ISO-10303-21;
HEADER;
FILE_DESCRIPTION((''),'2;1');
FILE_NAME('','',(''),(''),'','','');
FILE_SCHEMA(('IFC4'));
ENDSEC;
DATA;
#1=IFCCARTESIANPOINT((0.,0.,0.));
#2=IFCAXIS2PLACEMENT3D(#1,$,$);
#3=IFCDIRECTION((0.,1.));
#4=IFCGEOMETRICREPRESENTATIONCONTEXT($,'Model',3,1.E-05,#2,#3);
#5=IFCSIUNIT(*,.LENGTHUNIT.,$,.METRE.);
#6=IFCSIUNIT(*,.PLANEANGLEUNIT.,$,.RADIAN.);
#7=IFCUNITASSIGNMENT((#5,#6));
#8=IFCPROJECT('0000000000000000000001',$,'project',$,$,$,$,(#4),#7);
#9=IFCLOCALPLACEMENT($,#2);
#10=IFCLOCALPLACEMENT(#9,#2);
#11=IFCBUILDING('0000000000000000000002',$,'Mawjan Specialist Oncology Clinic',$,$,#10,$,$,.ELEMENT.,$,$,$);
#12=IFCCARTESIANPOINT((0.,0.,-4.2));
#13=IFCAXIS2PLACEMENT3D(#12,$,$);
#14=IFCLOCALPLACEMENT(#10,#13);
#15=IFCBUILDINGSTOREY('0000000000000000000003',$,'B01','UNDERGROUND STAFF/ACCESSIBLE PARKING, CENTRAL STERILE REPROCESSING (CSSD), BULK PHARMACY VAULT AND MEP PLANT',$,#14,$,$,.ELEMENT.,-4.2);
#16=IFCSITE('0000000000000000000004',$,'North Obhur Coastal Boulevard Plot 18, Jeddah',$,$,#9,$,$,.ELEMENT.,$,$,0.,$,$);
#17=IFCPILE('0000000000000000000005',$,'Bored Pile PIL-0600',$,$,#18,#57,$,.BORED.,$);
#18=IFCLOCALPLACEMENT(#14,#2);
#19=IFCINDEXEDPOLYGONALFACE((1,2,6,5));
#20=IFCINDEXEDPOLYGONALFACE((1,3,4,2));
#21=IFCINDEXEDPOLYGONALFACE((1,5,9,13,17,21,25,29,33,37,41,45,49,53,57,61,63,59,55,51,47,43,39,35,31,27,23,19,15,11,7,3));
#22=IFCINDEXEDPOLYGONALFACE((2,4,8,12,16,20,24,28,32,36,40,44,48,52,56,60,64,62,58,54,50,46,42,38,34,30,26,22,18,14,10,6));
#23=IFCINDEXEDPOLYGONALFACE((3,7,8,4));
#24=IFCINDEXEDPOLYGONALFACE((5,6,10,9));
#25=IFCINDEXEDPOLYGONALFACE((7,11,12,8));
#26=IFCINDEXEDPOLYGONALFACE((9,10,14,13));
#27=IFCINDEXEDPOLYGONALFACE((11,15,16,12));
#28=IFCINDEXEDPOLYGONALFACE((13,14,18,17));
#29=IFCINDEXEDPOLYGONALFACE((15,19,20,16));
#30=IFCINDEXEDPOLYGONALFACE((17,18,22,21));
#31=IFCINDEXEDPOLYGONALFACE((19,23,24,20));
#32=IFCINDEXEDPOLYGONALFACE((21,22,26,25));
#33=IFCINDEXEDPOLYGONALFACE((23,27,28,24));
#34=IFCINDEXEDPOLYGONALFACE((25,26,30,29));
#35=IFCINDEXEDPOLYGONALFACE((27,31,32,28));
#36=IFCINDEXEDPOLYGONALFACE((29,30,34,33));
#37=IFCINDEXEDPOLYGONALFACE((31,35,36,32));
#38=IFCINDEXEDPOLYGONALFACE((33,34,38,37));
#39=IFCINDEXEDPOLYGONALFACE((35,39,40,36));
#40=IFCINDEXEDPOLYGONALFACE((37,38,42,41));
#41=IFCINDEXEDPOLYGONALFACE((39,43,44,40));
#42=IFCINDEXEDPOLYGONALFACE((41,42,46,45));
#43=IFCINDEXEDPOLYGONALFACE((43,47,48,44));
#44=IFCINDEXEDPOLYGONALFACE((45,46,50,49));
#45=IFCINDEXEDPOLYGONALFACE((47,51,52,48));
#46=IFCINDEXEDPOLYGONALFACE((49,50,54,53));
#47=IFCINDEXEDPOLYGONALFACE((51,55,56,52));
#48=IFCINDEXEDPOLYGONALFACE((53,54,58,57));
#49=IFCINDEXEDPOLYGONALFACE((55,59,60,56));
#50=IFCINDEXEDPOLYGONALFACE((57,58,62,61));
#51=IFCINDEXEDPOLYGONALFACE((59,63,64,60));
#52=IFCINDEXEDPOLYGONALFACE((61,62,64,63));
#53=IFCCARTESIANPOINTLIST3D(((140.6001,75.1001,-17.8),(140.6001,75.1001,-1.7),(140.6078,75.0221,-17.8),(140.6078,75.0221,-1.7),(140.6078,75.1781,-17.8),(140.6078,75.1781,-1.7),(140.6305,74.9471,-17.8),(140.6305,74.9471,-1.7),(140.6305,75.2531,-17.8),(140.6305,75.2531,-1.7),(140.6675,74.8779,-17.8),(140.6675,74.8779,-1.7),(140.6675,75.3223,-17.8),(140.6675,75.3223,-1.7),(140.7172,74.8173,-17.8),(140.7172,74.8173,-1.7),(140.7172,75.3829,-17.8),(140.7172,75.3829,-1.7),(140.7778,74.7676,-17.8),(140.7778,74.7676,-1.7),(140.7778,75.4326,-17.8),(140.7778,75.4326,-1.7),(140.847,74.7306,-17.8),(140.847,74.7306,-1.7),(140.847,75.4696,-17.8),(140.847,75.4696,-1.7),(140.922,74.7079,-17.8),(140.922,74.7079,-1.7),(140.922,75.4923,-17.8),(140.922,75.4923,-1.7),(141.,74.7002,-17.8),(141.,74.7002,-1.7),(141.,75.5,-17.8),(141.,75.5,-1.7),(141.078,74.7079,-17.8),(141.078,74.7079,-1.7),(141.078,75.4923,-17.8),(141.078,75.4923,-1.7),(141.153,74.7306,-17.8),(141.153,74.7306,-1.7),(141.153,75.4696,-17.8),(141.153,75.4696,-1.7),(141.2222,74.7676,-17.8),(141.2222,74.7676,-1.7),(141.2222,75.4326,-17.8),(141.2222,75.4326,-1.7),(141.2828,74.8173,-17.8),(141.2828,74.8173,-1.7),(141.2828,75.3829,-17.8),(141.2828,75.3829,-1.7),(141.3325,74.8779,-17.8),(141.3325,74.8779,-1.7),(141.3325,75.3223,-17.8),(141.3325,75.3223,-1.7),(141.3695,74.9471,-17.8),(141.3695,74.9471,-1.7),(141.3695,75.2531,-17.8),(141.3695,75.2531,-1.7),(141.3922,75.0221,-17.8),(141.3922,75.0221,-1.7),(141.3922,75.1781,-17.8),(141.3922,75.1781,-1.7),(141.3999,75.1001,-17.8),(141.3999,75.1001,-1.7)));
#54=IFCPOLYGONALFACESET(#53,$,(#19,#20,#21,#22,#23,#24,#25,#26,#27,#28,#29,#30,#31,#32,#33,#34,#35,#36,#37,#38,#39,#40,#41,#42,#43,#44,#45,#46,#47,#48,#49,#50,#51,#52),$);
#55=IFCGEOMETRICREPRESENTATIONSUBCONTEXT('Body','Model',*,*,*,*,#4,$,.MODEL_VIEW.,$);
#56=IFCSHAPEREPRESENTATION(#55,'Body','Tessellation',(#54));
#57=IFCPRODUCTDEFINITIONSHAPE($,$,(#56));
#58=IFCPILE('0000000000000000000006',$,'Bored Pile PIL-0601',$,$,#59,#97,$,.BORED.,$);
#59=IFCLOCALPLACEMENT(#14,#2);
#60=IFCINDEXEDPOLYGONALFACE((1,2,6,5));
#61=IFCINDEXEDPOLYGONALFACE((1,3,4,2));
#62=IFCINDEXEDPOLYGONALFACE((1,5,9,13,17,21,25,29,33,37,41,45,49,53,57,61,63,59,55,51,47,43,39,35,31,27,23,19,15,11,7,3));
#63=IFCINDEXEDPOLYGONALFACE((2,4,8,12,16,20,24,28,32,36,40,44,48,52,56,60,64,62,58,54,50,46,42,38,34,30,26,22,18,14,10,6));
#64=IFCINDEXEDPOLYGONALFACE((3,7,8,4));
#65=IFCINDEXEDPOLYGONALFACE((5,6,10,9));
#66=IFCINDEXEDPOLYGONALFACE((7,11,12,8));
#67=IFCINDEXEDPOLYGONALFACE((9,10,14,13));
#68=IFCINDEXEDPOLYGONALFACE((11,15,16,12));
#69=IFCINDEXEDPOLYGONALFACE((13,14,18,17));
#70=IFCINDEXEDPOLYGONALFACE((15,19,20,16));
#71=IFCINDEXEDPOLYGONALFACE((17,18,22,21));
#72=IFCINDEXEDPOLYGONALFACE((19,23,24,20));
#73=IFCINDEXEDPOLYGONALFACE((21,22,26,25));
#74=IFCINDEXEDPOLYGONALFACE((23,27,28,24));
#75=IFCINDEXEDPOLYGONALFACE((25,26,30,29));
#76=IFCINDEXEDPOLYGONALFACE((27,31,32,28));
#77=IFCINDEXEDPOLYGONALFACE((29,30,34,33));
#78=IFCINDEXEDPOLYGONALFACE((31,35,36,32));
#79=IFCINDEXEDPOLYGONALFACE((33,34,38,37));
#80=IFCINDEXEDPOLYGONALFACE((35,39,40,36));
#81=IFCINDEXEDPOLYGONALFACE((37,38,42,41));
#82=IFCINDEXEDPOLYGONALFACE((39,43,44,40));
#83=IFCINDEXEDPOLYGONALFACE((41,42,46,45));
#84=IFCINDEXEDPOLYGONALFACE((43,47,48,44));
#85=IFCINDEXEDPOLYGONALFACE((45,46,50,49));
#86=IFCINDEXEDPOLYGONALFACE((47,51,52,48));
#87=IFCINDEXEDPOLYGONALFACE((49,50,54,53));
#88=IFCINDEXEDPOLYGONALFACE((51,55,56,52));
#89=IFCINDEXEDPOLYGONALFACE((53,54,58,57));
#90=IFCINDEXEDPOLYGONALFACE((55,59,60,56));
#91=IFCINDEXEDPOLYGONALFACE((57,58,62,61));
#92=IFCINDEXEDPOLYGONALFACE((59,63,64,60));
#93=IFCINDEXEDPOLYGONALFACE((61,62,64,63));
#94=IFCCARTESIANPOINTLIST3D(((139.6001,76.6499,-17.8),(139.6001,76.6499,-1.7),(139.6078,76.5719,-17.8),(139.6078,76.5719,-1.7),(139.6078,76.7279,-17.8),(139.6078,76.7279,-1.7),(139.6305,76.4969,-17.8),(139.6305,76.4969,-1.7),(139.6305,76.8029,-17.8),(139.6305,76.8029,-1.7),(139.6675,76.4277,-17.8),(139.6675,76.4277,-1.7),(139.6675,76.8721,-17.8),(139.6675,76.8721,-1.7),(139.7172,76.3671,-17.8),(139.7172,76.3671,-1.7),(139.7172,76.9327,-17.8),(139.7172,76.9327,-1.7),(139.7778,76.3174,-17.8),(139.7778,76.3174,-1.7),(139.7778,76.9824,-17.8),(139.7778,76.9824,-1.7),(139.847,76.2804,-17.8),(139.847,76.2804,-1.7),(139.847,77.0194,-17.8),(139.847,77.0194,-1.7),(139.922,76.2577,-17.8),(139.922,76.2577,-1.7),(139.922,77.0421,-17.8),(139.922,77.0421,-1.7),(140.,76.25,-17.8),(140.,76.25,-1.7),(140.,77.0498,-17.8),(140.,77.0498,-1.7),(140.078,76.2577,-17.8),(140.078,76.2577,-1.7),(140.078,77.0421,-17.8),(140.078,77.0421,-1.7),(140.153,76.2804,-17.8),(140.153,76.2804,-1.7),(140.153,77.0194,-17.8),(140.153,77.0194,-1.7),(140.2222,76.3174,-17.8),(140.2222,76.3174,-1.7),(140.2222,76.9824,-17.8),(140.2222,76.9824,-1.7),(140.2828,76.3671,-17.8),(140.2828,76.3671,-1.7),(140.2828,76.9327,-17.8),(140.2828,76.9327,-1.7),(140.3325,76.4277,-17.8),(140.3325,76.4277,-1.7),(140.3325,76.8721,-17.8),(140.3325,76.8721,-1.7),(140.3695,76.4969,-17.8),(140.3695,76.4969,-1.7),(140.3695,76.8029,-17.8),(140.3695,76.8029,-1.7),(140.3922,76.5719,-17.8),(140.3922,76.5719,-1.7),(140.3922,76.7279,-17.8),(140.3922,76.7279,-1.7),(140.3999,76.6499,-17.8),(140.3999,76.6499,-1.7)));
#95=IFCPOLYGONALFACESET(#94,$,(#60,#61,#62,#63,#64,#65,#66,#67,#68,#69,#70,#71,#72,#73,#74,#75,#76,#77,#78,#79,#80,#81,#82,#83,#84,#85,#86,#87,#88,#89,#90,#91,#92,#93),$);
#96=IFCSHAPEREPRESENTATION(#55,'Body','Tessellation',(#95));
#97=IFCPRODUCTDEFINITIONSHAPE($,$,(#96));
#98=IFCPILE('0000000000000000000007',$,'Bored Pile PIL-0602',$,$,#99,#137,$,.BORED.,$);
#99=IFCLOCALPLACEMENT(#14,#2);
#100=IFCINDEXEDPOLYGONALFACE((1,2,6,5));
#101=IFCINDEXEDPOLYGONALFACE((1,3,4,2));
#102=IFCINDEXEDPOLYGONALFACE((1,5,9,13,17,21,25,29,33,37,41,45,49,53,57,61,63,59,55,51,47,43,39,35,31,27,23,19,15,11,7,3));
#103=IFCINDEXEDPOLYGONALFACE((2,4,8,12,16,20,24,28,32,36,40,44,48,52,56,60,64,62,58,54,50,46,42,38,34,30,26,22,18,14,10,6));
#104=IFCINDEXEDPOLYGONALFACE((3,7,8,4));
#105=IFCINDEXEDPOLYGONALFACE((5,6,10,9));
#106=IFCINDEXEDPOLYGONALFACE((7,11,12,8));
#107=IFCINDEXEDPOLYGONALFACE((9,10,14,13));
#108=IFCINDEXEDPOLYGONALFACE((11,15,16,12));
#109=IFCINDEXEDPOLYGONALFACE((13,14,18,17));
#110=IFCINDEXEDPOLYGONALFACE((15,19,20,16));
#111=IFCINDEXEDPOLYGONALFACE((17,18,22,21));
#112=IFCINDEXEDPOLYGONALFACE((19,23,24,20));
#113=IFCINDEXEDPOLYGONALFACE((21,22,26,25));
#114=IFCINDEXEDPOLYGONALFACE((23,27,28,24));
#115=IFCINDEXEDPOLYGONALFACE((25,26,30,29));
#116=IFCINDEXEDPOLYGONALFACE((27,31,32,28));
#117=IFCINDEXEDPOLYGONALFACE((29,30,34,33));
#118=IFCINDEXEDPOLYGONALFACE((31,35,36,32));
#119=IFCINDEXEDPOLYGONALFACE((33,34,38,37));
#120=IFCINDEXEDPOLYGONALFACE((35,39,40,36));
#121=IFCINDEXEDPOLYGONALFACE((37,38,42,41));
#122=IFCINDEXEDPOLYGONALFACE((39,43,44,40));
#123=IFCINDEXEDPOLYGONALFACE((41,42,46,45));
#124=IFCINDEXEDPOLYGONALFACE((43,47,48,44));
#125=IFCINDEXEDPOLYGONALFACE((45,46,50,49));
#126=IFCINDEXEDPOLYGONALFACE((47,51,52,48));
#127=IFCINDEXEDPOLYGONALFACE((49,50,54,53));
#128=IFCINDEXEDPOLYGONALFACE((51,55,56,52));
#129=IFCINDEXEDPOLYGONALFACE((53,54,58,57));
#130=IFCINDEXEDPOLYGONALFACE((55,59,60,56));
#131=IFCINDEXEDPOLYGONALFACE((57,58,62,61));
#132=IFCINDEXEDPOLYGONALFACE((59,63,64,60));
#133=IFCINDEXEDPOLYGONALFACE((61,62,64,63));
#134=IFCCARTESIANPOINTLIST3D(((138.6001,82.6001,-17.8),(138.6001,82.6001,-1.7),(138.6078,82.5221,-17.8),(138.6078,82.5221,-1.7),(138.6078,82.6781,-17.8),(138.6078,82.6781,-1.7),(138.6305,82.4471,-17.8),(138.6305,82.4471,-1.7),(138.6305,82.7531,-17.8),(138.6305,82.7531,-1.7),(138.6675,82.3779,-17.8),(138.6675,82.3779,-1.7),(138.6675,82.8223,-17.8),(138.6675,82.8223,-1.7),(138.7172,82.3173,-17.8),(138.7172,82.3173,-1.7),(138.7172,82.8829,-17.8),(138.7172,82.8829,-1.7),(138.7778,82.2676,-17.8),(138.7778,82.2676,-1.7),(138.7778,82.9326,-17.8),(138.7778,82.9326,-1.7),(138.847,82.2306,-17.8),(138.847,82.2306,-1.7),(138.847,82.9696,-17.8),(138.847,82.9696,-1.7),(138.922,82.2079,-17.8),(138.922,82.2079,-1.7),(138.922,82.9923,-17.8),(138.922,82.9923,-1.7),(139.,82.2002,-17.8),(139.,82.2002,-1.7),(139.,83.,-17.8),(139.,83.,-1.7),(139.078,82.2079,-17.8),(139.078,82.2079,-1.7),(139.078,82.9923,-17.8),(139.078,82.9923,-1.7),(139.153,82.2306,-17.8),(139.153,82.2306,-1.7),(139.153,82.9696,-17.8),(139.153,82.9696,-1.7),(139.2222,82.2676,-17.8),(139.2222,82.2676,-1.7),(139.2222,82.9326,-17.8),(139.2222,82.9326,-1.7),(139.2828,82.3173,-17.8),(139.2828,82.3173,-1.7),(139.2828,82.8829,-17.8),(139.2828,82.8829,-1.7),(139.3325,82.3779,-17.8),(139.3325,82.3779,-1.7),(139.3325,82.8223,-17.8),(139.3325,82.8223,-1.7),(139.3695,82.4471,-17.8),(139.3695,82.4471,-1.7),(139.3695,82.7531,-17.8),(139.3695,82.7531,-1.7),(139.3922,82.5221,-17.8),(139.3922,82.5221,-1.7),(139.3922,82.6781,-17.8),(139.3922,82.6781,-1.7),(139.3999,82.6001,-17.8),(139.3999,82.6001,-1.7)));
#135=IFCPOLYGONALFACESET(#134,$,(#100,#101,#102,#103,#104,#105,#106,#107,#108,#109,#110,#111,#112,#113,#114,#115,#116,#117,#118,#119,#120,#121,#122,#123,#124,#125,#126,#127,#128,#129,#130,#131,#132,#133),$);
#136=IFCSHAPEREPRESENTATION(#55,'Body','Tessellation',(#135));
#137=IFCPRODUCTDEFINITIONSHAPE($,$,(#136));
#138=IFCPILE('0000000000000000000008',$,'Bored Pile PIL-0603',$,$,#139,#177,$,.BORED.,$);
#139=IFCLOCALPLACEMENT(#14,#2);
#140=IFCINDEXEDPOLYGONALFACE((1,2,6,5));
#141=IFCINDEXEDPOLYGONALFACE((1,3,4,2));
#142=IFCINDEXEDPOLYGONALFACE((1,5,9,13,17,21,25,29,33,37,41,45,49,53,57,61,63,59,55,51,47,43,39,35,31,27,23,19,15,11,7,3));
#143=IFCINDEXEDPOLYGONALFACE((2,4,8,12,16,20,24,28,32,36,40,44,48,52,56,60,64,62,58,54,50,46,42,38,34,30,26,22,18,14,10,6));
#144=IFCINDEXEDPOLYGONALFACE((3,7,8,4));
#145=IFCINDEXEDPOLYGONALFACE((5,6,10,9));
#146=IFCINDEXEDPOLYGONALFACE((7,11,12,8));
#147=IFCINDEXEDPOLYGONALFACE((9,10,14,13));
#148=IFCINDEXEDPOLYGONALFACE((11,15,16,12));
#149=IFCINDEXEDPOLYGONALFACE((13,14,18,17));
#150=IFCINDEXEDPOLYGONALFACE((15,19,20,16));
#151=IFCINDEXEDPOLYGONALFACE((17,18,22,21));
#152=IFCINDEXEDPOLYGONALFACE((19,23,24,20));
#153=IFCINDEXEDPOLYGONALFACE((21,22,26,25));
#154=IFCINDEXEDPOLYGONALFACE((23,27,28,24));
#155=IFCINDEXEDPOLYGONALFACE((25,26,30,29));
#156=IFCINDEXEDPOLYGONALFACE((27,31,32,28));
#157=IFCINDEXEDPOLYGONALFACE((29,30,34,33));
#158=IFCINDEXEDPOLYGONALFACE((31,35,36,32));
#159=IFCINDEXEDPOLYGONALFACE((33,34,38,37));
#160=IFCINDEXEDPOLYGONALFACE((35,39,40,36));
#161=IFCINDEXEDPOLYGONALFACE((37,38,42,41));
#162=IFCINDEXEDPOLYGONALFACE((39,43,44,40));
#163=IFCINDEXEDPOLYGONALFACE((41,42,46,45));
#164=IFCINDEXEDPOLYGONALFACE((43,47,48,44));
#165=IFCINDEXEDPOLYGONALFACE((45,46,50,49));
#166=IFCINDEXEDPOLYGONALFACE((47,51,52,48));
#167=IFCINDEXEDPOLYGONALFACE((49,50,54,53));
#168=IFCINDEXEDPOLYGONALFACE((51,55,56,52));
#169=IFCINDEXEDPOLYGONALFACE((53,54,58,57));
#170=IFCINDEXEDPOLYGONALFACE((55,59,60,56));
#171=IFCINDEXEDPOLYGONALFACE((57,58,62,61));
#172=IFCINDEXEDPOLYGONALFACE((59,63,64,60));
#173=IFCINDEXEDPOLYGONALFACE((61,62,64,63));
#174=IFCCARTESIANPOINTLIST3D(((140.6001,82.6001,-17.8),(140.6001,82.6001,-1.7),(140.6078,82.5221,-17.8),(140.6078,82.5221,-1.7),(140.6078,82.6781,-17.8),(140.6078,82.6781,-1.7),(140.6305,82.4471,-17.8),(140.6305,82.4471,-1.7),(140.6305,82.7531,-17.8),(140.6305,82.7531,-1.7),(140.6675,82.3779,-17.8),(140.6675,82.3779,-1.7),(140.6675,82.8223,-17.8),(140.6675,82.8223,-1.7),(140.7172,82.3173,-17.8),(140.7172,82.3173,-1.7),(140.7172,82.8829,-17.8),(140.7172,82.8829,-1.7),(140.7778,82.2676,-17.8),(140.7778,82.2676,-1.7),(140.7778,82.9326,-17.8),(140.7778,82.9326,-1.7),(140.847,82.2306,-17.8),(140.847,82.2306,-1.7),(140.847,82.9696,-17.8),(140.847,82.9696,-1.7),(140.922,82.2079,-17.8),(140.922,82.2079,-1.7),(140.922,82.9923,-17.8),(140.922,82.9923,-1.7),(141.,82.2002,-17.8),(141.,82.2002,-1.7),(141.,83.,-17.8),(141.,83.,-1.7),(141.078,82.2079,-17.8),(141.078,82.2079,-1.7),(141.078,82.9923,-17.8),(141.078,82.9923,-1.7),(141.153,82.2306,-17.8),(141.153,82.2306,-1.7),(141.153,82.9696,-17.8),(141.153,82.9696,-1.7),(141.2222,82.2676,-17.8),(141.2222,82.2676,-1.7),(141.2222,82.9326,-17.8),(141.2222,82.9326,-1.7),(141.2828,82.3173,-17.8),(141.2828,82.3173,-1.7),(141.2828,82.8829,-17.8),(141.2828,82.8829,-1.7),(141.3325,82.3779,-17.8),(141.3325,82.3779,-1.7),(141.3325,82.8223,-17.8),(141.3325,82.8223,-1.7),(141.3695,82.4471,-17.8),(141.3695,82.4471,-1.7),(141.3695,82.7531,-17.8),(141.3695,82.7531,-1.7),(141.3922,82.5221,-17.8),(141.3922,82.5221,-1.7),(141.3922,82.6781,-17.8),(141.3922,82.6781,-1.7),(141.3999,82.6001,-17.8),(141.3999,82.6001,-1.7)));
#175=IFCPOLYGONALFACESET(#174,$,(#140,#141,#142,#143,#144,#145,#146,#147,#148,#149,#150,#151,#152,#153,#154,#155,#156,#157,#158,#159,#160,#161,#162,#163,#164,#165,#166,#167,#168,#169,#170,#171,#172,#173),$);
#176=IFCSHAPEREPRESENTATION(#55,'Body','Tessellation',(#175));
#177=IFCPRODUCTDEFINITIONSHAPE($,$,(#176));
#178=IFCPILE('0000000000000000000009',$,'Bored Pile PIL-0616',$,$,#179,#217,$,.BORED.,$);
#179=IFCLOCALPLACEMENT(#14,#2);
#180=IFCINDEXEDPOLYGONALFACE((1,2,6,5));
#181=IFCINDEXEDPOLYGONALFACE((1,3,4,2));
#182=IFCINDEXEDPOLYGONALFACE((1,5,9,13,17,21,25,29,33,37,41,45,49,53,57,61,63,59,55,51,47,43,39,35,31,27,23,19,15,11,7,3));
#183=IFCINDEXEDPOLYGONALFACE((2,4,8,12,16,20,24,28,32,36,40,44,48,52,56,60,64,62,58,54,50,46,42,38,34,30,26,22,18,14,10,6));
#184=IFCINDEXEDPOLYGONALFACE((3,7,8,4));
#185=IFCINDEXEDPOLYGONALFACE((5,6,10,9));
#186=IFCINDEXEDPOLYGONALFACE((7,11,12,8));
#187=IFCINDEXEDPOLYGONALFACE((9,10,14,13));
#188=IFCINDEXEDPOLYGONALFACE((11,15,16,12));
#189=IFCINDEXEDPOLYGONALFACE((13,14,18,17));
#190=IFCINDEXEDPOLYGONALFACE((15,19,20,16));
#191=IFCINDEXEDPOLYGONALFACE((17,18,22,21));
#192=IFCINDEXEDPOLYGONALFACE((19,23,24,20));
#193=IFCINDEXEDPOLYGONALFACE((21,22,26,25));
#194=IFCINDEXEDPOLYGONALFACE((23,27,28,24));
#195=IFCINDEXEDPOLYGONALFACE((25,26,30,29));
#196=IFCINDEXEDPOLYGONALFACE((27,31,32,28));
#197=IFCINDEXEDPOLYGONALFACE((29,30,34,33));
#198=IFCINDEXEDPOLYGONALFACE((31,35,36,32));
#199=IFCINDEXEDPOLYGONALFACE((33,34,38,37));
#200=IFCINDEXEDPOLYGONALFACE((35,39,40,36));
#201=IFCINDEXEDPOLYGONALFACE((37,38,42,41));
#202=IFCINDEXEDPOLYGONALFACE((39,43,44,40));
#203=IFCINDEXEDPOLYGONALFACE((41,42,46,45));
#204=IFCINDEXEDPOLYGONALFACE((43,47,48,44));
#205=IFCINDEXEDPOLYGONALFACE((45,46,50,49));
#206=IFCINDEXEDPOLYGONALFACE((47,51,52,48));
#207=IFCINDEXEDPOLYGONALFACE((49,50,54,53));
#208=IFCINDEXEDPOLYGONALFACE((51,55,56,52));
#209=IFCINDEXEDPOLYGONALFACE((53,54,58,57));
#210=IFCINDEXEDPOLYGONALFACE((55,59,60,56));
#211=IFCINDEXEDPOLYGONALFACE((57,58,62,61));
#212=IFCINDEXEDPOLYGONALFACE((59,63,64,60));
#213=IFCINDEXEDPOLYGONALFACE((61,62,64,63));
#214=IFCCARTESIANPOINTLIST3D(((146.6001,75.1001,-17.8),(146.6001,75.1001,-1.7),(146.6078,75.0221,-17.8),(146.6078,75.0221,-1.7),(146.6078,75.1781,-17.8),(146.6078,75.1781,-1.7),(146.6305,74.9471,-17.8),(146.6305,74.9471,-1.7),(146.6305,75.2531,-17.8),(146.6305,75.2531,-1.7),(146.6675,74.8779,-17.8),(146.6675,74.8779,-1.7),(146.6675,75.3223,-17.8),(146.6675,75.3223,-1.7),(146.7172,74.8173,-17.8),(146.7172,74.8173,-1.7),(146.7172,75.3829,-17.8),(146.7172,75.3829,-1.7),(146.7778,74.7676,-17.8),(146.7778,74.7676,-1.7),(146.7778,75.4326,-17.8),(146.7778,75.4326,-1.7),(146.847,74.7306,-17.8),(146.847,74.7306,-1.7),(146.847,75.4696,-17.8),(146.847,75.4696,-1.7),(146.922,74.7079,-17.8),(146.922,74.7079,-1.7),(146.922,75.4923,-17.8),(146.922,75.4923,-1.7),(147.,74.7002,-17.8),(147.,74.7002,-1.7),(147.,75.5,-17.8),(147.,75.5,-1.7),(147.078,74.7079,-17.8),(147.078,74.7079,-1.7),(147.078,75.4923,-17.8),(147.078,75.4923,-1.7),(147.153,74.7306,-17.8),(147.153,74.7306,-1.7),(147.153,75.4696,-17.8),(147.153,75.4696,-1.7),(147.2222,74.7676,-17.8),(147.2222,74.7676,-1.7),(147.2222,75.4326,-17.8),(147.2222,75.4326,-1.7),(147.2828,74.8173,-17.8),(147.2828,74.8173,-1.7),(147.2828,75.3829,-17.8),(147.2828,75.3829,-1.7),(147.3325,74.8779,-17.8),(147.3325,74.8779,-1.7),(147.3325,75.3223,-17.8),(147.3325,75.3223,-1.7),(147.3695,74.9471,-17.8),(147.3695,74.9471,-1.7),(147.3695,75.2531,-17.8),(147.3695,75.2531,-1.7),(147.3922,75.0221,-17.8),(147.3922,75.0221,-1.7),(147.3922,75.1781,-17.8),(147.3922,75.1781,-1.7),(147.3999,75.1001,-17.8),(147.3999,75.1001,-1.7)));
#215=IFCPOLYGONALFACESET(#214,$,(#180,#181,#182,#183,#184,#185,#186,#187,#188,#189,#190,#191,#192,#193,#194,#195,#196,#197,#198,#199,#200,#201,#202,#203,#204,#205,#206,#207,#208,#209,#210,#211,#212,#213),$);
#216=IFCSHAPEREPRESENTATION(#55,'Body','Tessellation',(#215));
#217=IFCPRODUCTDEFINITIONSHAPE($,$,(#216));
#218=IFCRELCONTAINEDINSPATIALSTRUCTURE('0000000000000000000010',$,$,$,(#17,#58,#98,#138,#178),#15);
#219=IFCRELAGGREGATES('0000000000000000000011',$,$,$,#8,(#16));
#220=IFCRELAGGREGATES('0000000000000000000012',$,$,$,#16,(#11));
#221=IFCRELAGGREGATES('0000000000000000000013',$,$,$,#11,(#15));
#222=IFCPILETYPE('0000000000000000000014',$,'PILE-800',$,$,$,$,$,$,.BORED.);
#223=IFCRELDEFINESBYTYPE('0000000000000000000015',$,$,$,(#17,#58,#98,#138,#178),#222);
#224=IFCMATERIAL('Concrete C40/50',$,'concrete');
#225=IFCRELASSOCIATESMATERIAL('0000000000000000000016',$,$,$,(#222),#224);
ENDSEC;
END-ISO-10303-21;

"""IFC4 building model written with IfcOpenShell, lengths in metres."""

from ifc_helpers import new_model, si_unit, direction, frame, origin, origin_2d, place, context, subcontext, project, spatial, circle, extrude, material, material_profile, profile_set, type_object, element, save


model = new_model("IFC4")

# Units and contexts
model_context = context("Model", 3, precision=1e-05, world=origin(), true_north=direction((0.0, 1.0)))
body_context = subcontext(model_context, "Body", "Model", "MODEL_VIEW")
ifc_project = project(units=[si_unit("LENGTHUNIT", "METRE"), si_unit("PLANEANGLEUNIT", "RADIAN")], contexts=[model_context])

# Site, building, storey
site_placement = place(None, origin())
site = spatial("IfcSite", under=ifc_project, at=site_placement, Name="North Obhur Coastal Boulevard Plot 18, Jeddah", CompositionType="ELEMENT", RefElevation=0.0)
building_placement = place(site_placement, origin())
building = spatial("IfcBuilding", under=site, at=building_placement, Name="Mawjan Specialist Oncology Clinic", CompositionType="ELEMENT")
storey_placement = place(building_placement, frame((0.0, 0.0, -4.2)))
storey = spatial("IfcBuildingStorey", under=building, at=storey_placement, Name="B01", Description="UNDERGROUND STAFF/ACCESSIBLE PARKING, CENTRAL STERILE REPROCESSING (CSSD), BULK PHARMACY VAULT AND MEP PLANT", CompositionType="ELEMENT", Elevation=-4.2)

# Piles
ifc_material_1 = material(Name="Concrete C40/50", Category="concrete")
ifc_material_profile_1 = material_profile(ifc_material_1, circle(Radius=0.3999, at=origin_2d()), Name="BORED PILE D800", Category="concrete")
ifc_profile_set_1 = profile_set([ifc_material_profile_1], Name="Concrete C40/50")
pile_type = type_object("IfcPileType", Name="PILE-800", PredefinedType="BORED", material=ifc_profile_set_1)
for number, where, z_axis, x_axis, name in (
    (1, (141.0, 75.1001, -1.7), (0.0, 0.0, -1.0), (1.0, 0.0, 0.0), "Bored Pile PIL-0600"),
    (2, (140.0, 76.6499, -1.7), (0.0, 0.0, -1.0), (1.0, 0.0, 0.0), "Bored Pile PIL-0601"),
    (3, (139.0, 82.6001, -1.7), (0.0, 0.0, -1.0), (1.0, 0.0, 0.0), "Bored Pile PIL-0602"),
    (4, (141.0, 82.6001, -1.7), (0.0, 0.0, -1.0), (1.0, 0.0, 0.0), "Bored Pile PIL-0603"),
    (5, (147.0, 75.1001, -1.7), (0.0, 0.0, -1.0), (1.0, 0.0, 0.0), "Bored Pile PIL-0616"),
):
    element("IfcPile", number, at=place(storey_placement, frame(where, z_axis=z_axis, x_axis=x_axis)), inside=storey, type_object=pile_type, Name=name, PredefinedType="BORED", context=body_context, shape_type="SweptSolid", body=[
        extrude(circle(Radius=0.3999, at=origin_2d()), origin(), (0.0, 0.0, 1.0), 16.1001),
    ])

save(model, "model.ifc")
